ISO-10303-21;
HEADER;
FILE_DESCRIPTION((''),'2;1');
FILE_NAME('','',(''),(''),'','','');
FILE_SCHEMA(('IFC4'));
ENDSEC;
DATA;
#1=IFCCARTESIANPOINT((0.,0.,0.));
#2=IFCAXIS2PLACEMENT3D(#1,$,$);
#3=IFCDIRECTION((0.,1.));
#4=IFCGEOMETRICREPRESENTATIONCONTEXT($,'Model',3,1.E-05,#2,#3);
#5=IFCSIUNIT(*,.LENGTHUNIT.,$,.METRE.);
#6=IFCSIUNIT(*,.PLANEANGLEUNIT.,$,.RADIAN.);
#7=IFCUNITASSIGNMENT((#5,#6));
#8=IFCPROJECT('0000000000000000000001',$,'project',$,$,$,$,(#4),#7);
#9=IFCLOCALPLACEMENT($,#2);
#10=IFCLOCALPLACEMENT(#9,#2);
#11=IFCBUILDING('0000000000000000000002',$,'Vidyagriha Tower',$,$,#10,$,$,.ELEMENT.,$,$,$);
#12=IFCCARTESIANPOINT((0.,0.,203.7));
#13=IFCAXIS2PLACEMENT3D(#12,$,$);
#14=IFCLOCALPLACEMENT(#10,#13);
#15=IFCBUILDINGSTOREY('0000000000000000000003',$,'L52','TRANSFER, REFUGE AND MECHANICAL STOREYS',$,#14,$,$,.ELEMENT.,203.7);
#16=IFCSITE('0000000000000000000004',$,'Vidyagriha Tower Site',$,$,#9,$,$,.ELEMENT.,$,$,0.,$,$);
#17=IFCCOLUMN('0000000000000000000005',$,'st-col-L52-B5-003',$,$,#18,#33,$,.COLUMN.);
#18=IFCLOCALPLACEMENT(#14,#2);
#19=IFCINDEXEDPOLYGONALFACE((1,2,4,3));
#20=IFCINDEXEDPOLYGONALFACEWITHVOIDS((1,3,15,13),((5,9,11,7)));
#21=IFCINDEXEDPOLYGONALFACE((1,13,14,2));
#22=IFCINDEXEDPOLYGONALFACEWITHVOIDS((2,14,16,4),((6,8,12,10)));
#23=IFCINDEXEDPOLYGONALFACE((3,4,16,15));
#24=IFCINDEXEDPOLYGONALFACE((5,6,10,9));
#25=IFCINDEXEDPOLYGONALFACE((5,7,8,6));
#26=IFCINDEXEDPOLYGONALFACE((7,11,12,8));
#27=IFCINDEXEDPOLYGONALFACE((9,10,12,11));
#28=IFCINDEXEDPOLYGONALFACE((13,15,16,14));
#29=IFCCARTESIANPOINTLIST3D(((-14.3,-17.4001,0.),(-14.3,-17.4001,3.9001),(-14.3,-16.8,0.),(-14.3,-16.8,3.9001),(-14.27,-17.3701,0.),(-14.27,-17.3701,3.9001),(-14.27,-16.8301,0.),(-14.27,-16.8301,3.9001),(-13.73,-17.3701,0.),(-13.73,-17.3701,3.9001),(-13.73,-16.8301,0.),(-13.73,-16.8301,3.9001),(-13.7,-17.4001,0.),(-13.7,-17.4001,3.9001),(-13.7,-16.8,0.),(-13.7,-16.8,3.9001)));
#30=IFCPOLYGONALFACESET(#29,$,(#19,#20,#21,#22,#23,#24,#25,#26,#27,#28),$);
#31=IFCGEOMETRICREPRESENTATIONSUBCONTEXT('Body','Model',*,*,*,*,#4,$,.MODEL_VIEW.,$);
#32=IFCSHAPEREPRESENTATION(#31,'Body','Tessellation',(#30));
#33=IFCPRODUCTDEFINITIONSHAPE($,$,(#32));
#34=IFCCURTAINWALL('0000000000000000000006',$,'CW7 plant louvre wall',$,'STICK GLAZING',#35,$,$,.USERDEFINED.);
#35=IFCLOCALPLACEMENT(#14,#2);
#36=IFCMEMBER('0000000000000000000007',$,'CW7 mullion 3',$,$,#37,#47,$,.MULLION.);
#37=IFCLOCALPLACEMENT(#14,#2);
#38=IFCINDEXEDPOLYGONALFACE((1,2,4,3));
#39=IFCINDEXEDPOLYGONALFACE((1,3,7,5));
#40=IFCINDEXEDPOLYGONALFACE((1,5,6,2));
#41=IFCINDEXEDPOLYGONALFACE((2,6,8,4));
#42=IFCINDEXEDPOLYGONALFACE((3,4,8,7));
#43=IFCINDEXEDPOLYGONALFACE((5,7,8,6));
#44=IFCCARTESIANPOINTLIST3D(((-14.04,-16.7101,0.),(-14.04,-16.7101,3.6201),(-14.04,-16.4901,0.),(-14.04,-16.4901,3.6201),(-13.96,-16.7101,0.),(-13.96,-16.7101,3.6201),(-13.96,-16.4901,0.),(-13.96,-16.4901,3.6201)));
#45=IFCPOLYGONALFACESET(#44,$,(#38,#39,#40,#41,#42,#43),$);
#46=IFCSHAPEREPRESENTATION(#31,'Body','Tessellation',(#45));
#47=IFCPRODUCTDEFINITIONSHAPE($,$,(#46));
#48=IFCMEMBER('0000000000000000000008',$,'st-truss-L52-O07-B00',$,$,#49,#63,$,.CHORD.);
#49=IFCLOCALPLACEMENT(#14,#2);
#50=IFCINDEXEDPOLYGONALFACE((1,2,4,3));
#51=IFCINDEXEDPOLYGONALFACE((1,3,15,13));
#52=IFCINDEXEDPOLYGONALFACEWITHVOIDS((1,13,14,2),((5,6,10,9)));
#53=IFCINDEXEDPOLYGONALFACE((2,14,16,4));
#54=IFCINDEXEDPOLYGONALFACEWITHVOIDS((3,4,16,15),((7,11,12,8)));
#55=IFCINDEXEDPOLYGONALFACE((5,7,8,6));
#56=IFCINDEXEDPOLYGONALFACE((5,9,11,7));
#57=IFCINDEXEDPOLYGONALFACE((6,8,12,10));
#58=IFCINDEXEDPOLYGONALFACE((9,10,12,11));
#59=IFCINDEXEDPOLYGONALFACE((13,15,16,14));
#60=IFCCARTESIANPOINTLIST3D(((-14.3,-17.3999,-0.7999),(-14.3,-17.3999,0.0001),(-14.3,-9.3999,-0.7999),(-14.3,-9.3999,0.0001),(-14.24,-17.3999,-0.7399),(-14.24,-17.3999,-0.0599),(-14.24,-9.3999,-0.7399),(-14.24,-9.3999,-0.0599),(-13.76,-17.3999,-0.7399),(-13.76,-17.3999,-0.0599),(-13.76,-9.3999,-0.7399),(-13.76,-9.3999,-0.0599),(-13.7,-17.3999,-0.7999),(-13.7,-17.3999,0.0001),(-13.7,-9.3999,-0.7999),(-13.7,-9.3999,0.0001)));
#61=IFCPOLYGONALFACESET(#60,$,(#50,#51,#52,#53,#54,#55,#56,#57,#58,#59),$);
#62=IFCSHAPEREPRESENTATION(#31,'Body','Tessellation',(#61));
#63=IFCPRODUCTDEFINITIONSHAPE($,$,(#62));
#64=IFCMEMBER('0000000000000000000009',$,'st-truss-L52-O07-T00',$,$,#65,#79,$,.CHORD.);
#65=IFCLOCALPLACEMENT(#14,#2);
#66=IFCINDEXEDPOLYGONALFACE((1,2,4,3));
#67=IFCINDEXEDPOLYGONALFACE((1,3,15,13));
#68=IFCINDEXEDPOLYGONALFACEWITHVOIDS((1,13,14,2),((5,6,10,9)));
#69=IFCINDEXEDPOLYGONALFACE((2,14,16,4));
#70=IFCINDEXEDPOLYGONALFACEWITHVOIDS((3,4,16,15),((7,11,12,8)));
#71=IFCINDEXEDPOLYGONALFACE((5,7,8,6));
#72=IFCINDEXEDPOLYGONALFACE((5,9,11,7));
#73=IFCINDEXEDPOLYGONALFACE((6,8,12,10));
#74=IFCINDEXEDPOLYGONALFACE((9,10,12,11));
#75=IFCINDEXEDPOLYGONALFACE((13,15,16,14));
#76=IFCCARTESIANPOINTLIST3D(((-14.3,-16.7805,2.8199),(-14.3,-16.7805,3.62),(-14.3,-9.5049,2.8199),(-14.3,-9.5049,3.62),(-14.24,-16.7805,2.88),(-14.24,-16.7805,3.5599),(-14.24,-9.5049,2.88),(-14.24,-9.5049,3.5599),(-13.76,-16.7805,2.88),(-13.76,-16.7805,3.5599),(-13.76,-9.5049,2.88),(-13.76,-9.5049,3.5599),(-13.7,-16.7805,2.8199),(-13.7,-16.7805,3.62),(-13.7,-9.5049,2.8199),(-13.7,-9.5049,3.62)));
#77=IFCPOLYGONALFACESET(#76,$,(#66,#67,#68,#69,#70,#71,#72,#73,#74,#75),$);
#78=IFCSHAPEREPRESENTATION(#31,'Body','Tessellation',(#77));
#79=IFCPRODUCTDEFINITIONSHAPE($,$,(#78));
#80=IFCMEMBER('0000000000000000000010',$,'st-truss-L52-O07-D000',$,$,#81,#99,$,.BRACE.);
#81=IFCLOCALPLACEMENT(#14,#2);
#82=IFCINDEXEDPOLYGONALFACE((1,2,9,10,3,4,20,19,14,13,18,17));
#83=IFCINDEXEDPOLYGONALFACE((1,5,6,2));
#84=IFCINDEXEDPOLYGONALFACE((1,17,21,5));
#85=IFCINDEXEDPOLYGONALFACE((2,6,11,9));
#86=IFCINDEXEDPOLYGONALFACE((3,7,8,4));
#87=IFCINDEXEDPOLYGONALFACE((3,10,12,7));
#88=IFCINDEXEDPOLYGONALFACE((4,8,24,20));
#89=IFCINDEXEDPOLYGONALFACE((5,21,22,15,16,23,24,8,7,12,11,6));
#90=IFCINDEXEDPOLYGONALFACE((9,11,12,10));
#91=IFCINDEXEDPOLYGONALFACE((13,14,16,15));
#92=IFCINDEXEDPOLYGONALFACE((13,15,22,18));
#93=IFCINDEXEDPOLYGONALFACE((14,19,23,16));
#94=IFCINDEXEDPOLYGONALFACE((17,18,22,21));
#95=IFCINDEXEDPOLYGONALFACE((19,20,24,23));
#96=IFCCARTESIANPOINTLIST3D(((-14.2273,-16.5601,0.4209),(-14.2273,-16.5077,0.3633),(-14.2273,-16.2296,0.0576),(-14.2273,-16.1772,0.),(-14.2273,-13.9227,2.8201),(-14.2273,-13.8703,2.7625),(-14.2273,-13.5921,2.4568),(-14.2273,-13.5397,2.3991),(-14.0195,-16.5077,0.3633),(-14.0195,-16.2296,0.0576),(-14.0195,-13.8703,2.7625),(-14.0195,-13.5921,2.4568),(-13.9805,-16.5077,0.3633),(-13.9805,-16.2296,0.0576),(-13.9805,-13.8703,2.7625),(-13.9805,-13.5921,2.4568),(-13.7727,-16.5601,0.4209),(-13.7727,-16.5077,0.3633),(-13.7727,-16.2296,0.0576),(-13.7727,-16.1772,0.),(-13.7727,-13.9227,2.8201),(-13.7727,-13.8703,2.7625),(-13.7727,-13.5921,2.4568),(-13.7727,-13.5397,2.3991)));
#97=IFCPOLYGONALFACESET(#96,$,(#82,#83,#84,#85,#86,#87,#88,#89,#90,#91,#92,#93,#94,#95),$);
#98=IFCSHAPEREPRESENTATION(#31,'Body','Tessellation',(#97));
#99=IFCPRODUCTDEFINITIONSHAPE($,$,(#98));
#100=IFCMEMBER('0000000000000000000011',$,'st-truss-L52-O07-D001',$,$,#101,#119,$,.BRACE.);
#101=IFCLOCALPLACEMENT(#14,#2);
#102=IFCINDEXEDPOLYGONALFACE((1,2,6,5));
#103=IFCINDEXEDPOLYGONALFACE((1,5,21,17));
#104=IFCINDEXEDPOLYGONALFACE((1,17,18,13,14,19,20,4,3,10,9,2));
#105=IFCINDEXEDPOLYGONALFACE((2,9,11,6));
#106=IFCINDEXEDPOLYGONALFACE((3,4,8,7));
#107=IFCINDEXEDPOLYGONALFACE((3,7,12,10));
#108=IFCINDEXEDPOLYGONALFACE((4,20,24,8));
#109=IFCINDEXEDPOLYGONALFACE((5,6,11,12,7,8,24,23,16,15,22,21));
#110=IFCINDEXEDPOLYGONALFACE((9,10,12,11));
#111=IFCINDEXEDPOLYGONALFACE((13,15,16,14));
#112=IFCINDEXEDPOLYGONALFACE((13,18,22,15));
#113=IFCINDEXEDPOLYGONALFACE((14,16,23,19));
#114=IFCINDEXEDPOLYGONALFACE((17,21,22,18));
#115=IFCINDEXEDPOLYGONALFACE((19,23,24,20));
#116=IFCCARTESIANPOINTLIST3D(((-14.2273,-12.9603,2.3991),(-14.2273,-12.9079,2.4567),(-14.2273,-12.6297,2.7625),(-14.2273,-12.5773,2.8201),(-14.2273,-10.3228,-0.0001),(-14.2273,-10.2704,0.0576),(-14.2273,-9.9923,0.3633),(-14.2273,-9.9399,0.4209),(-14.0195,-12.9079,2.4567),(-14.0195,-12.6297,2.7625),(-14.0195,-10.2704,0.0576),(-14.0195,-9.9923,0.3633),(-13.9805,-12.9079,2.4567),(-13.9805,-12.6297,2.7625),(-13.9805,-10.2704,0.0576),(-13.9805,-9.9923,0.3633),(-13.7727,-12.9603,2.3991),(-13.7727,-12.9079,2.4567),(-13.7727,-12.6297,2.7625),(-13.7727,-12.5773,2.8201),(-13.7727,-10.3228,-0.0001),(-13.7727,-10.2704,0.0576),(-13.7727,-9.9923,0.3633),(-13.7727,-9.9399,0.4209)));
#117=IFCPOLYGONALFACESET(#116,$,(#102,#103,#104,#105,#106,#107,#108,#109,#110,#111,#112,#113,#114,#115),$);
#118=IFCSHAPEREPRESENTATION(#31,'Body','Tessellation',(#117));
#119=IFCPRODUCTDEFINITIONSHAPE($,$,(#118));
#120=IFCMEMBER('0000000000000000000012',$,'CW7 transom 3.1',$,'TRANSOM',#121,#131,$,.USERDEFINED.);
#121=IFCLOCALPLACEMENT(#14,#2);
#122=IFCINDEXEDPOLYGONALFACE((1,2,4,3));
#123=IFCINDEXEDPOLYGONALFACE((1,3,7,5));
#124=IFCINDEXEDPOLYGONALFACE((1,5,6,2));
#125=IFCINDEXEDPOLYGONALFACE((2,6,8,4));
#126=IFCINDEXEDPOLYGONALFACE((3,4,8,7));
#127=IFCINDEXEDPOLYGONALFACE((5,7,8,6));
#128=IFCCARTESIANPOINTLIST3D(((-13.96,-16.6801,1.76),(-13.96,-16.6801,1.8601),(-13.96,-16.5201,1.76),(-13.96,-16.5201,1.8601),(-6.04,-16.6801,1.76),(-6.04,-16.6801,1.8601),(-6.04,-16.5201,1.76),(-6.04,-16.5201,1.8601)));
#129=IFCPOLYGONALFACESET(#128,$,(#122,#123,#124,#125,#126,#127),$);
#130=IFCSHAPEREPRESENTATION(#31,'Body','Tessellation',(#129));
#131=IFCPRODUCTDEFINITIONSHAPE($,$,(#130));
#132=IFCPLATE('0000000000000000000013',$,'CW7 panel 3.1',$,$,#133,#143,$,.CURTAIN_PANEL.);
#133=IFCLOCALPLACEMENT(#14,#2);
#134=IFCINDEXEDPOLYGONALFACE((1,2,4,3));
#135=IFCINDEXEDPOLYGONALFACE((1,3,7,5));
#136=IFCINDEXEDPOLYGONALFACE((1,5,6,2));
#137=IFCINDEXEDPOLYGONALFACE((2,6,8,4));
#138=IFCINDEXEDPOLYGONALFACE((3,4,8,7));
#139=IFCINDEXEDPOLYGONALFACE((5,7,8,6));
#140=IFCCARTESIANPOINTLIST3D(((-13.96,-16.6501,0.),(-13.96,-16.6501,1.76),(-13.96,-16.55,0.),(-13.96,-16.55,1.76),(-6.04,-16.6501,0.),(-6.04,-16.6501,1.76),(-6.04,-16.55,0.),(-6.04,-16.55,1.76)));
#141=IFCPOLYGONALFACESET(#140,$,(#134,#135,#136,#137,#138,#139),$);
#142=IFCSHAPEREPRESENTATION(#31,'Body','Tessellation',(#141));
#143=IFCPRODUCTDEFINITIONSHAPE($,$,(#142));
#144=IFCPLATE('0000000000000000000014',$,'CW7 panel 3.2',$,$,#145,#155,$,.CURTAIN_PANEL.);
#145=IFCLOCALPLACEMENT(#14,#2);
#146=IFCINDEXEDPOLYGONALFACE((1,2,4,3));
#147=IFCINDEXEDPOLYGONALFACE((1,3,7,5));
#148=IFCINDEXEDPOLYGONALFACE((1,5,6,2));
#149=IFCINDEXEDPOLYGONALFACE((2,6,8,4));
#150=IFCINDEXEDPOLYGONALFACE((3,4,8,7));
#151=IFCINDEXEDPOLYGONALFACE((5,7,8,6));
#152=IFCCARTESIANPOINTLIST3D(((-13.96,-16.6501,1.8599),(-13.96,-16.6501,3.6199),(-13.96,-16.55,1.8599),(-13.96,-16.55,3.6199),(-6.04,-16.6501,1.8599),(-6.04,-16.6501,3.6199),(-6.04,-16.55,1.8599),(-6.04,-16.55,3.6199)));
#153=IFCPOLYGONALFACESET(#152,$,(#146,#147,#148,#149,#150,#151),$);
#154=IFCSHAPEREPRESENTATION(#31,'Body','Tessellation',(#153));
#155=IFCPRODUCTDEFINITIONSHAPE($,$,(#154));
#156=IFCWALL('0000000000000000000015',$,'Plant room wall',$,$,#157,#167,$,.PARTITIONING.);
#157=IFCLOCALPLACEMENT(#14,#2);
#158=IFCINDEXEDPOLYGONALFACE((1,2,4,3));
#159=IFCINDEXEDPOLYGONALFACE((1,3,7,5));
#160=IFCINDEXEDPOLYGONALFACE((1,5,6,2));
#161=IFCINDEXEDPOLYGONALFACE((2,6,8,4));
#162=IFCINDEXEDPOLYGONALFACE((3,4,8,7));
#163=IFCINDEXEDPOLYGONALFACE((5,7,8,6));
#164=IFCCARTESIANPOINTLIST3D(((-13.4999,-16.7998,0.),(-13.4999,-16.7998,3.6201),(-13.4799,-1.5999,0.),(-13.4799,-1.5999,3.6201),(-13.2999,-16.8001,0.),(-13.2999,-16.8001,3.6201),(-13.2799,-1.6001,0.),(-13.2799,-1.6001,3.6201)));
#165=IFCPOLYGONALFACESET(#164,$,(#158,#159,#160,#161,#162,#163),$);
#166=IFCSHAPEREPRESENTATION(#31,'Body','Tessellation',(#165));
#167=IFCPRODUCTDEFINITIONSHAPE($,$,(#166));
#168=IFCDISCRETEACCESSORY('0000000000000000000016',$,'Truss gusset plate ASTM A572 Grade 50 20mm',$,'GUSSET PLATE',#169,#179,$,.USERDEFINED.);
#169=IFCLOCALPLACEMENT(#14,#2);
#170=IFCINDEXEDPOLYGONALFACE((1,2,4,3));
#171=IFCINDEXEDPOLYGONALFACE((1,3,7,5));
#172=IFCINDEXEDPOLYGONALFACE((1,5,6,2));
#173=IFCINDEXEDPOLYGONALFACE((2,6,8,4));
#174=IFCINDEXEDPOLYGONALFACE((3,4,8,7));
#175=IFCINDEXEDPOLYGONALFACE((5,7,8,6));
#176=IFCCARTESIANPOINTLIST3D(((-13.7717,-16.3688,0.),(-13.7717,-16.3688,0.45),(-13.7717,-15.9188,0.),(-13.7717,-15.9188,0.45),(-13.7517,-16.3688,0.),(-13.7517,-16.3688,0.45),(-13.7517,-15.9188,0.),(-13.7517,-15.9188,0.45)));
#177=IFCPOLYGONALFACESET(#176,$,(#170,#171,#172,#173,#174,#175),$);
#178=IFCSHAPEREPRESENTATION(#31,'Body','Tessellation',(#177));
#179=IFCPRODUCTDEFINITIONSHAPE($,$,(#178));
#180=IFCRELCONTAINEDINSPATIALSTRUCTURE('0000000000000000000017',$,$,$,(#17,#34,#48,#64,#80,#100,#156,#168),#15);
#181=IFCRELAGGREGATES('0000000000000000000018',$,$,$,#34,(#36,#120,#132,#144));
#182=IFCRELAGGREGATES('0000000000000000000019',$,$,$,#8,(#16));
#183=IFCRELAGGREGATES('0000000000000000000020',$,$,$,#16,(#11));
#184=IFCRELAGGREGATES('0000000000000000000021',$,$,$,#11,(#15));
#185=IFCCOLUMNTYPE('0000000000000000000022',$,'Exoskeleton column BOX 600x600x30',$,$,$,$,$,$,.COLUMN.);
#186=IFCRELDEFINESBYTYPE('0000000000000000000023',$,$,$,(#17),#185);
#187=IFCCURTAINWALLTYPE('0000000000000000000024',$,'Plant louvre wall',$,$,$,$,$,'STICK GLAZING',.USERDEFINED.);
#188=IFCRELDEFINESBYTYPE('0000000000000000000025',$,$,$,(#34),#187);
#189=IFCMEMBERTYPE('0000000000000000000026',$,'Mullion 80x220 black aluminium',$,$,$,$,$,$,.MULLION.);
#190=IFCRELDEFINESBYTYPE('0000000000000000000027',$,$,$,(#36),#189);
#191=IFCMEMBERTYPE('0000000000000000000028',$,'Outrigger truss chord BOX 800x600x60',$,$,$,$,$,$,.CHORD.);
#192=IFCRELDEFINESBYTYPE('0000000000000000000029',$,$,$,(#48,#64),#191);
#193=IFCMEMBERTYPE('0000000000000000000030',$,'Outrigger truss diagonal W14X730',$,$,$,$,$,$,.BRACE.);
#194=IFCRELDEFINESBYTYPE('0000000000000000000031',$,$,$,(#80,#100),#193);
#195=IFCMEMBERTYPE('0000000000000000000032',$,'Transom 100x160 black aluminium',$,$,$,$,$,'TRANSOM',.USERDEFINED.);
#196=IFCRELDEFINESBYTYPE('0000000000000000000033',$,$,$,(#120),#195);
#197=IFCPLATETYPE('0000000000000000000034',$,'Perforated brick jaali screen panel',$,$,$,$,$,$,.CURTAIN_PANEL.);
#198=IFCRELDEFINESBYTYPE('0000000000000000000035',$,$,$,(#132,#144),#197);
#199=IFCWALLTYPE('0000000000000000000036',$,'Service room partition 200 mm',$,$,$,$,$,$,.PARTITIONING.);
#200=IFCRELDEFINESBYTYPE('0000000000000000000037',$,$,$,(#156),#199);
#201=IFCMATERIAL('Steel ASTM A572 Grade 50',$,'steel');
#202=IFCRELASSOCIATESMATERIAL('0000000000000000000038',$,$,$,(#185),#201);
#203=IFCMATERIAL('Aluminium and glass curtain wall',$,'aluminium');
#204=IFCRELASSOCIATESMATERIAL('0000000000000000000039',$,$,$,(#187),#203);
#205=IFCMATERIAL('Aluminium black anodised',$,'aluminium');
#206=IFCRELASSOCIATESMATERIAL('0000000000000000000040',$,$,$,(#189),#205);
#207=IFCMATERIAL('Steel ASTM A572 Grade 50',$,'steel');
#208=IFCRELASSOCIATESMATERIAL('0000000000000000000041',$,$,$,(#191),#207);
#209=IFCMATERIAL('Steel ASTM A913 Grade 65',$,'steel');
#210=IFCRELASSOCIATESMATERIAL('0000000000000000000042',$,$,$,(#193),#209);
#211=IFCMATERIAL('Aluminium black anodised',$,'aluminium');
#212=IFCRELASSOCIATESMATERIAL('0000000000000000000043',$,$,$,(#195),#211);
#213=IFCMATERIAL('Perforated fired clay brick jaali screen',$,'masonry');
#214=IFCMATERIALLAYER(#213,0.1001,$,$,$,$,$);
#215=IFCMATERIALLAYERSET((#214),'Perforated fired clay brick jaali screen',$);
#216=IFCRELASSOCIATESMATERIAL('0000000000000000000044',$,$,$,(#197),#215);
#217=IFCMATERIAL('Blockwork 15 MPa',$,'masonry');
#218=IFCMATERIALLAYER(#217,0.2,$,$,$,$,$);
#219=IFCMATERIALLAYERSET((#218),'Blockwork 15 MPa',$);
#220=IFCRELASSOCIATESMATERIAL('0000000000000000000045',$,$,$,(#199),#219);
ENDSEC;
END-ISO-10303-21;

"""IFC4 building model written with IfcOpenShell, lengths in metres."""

from ifc_helpers import new_model, si_unit, direction, frame, frame_2d, origin, origin_2d, place, context, subcontext, project, spatial, rectangle, hollow_rectangle, i_section, extrude, material, layer, layer_set, material_profile, profile_set, type_object, element, aggregate, save


model = new_model("IFC4")

# Units and contexts
model_context = context("Model", 3, precision=1e-05, world=origin(), true_north=direction((0.0, 1.0)))
body_context = subcontext(model_context, "Body", "Model", "MODEL_VIEW")
ifc_project = project(units=[si_unit("LENGTHUNIT", "METRE"), si_unit("PLANEANGLEUNIT", "RADIAN")], contexts=[model_context])

# Site, building, storey
site_placement = place(None, origin())
site = spatial("IfcSite", under=ifc_project, at=site_placement, Name="Vidyagriha Tower Site", CompositionType="ELEMENT", RefElevation=0.0)
building_placement = place(site_placement, origin())
building = spatial("IfcBuilding", under=site, at=building_placement, Name="Vidyagriha Tower", CompositionType="ELEMENT")
storey_placement = place(building_placement, frame((0.0, 0.0, 203.7)))
storey = spatial("IfcBuildingStorey", under=building, at=storey_placement, Name="L52", Description="TRANSFER, REFUGE AND MECHANICAL STOREYS", CompositionType="ELEMENT", Elevation=203.7)

# Column
ifc_material_1 = material(Name="Steel ASTM A572 Grade 50", Category="steel")
ifc_material_profile_1 = material_profile(ifc_material_1, hollow_rectangle(XDim=0.6001, YDim=0.6001, WallThickness=0.03, at=origin_2d()), Name="BOX 600x600x30")
ifc_profile_set_1 = profile_set([ifc_material_profile_1], Name="Steel ASTM A572 Grade 50")
column_type = type_object("IfcColumnType", Name="Exoskeleton column BOX 600x600x30", PredefinedType="COLUMN", material=ifc_profile_set_1)
column_placement = place(storey_placement, frame((-14.0, -17.1001, 0.0)))
element("IfcColumn", 1, at=column_placement, inside=storey, type_object=column_type, Name="st-col-L52-B5-003", PredefinedType="COLUMN", context=body_context, shape_type="SweptSolid", body=[
    extrude(hollow_rectangle(XDim=0.6001, YDim=0.6001, WallThickness=0.03, at=origin_2d()), origin(), (0.0, 0.0, 1.0), 3.9001),
])

# Curtain wall, member
ifc_material_2 = material(Name="Aluminium and glass curtain wall", Category="aluminium")
curtain_wall_type = type_object("IfcCurtainWallType", Name="Plant louvre wall", ElementType="STICK GLAZING", PredefinedType="USERDEFINED", material=ifc_material_2)
curtain_wall_placement = place(storey_placement, origin())
curtain_wall = element("IfcCurtainWall", 2, at=curtain_wall_placement, inside=storey, type_object=curtain_wall_type, Name="CW7 plant louvre wall", ObjectType="STICK GLAZING", PredefinedType="USERDEFINED")
ifc_material_3 = material(Name="Aluminium black anodised", Category="aluminium")
ifc_material_profile_2 = material_profile(ifc_material_3, rectangle(XDim=0.22, YDim=0.0801, at=origin_2d()), Name="Mullion 80x220 black aluminium")
ifc_profile_set_2 = profile_set([ifc_material_profile_2], Name="Aluminium black anodised")
member_type_1 = type_object("IfcMemberType", Name="Mullion 80x220 black aluminium", PredefinedType="MULLION", material=ifc_profile_set_2)
member_1_placement = place(storey_placement, frame((-14.0, -16.6001, 0.0), z_axis=(0.0, 0.0, 1.0), x_axis=(0.0, 1.0, 0.0)))
member_1 = element("IfcMember", 3, at=member_1_placement, type_object=member_type_1, Name="CW7 mullion 3", PredefinedType="MULLION", context=body_context, shape_type="SweptSolid", body=[
    extrude(rectangle(XDim=0.22, YDim=0.0801, at=origin_2d()), origin(), (0.0, 0.0, 1.0), 3.6201),
])

# Members
ifc_material_4 = material(Name="Steel ASTM A572 Grade 50", Category="steel")
ifc_material_profile_3 = material_profile(ifc_material_4, hollow_rectangle(XDim=0.6001, YDim=0.8, WallThickness=0.0601, at=origin_2d()), Name="BOX 800x600x60")
ifc_profile_set_3 = profile_set([ifc_material_profile_3], Name="Steel ASTM A572 Grade 50")
member_type_2 = type_object("IfcMemberType", Name="Outrigger truss chord BOX 800x600x60", PredefinedType="CHORD", material=ifc_profile_set_3)
member_2_placement = place(storey_placement, frame((-14.0, -17.3999, -0.3999), z_axis=(0.0, 1.0, 0.0), x_axis=(-1.0, 0.0, 0.0)))
element("IfcMember", 4, at=member_2_placement, inside=storey, type_object=member_type_2, Name="st-truss-L52-O07-B00", PredefinedType="CHORD", context=body_context, shape_type="SweptSolid", body=[
    extrude(hollow_rectangle(XDim=0.6001, YDim=0.8, WallThickness=0.0601, at=origin_2d()), origin(), (0.0, 0.0, 1.0), 8.0),
])
member_3_placement = place(storey_placement, frame((-14.0, -16.7805, 3.22), z_axis=(0.0, 1.0, 0.0), x_axis=(-1.0, 0.0, 0.0)))
element("IfcMember", 5, at=member_3_placement, inside=storey, type_object=member_type_2, Name="st-truss-L52-O07-T00", PredefinedType="CHORD", context=body_context, shape_type="SweptSolid", body=[
    extrude(hollow_rectangle(XDim=0.6001, YDim=0.8, WallThickness=0.0601, at=origin_2d()), origin(), (0.0, 0.0, 1.0), 7.2756),
])
ifc_material_5 = material(Name="Steel ASTM A913 Grade 65", Category="steel")
ifc_material_profile_4 = material_profile(ifc_material_5, i_section(OverallWidth=0.4546, OverallDepth=0.5691, WebThickness=0.0391, FlangeThickness=0.0779, at=origin_2d()), Name="W14X730")
ifc_profile_set_4 = profile_set([ifc_material_profile_4], Name="Steel ASTM A913 Grade 65")
member_type_3 = type_object("IfcMemberType", Name="Outrigger truss diagonal W14X730", PredefinedType="BRACE", material=ifc_profile_set_4)
for number, where, z_axis, x_axis, name in (
    (6, (-14.0, -16.3687, 0.2104), (0.0, 0.739732, 0.672901), (-1.0, 0.0, 0.0), "st-truss-L52-O07-D000"),
    (7, (-14.0, -12.7688, 2.6096), (0.0, 0.739732, -0.672901), (-1.0, 0.0, 0.0), "st-truss-L52-O07-D001"),
):
    element("IfcMember", number, at=place(storey_placement, frame(where, z_axis=z_axis, x_axis=x_axis)), inside=storey, type_object=member_type_3, Name=name, PredefinedType="BRACE", context=body_context, shape_type="SweptSolid", body=[
        extrude(i_section(OverallWidth=0.4546, OverallDepth=0.5691, WebThickness=0.0391, FlangeThickness=0.0779, at=origin_2d()), origin(), (0.0, 0.0, 1.0), 3.5654),
    ])

# Member
ifc_material_6 = material(Name="Aluminium black anodised", Category="aluminium")
ifc_material_profile_5 = material_profile(ifc_material_6, rectangle(XDim=0.1599, YDim=0.1001, at=origin_2d()), Name="Transom 100x160 black aluminium")
ifc_profile_set_5 = profile_set([ifc_material_profile_5], Name="Aluminium black anodised")
member_type_4 = type_object("IfcMemberType", Name="Transom 100x160 black aluminium", ElementType="TRANSOM", PredefinedType="USERDEFINED", material=ifc_profile_set_5)
member_4_placement = place(storey_placement, frame((-13.96, -16.6001, 1.8101), z_axis=(1.0, 0.0, 0.0), x_axis=(0.0, 1.0, 0.0)))
member_4 = element("IfcMember", 8, at=member_4_placement, type_object=member_type_4, Name="CW7 transom 3.1", ObjectType="TRANSOM", PredefinedType="USERDEFINED", context=body_context, shape_type="SweptSolid", body=[
    extrude(rectangle(XDim=0.1599, YDim=0.1001, at=origin_2d()), origin(), (0.0, 0.0, 1.0), 7.9199),
])

# Plates
ifc_material_7 = material(Name="Perforated fired clay brick jaali screen", Category="masonry")
ifc_layer_1 = layer(ifc_material_7, 0.1001)
ifc_layer_set_1 = layer_set([ifc_layer_1], Name="Perforated fired clay brick jaali screen")
plate_type = type_object("IfcPlateType", Name="Perforated brick jaali screen panel", PredefinedType="CURTAIN_PANEL", material=ifc_layer_set_1)
plate_1_placement = place(storey_placement, frame((-10.0, -16.6001, 0.0)))
plate_1 = element("IfcPlate", 9, at=plate_1_placement, type_object=plate_type, Name="CW7 panel 3.1", PredefinedType="CURTAIN_PANEL", context=body_context, shape_type="SweptSolid", body=[
    extrude(rectangle(XDim=7.9199, YDim=0.1001, at=origin_2d()), origin(), (0.0, 0.0, 1.0), 1.76),
])
plate_2_placement = place(storey_placement, frame((-10.0, -16.6001, 1.8599)))
plate_2 = element("IfcPlate", 10, at=plate_2_placement, type_object=plate_type, Name="CW7 panel 3.2", PredefinedType="CURTAIN_PANEL", context=body_context, shape_type="SweptSolid", body=[
    extrude(rectangle(XDim=7.9199, YDim=0.1001, at=origin_2d()), origin(), (0.0, 0.0, 1.0), 1.76),
])
aggregate(curtain_wall, [member_1, member_4, plate_1, plate_2])

# Wall
ifc_material_8 = material(Name="Blockwork 15 MPa", Category="masonry")
ifc_layer_2 = layer(ifc_material_8, 0.2)
ifc_layer_set_2 = layer_set([ifc_layer_2], Name="Blockwork 15 MPa")
wall_type = type_object("IfcWallType", Name="Service room partition 200 mm", PredefinedType="PARTITIONING", material=ifc_layer_set_2)
wall_placement = place(storey_placement, frame((-13.3999, -16.8, 0.0), z_axis=(0.0, 0.0, 1.0), x_axis=(0.001317, 0.999999, 0.0)))
element("IfcWall", 11, at=wall_placement, inside=storey, type_object=wall_type, Name="Plant room wall", PredefinedType="PARTITIONING", context=body_context, shape_type="SweptSolid", body=[
    extrude(rectangle(XDim=15.2, YDim=0.2, at=frame_2d((7.6001, 0.0))), origin(), (0.0, 0.0, 1.0), 3.6201),
])

# Discrete accessory
for number, where, z_axis, x_axis, name in (
    (12, (-13.7617, -16.1438, 0.0), (0.0, 0.0, 1.0), (0.0, 1.0, 0.0), "Truss gusset plate ASTM A572 Grade 50 20mm"),
):
    element("IfcDiscreteAccessory", number, at=place(storey_placement, frame(where, z_axis=z_axis, x_axis=x_axis)), inside=storey, Name=name, ObjectType="GUSSET PLATE", PredefinedType="USERDEFINED", context=body_context, shape_type="SweptSolid", body=[
        extrude(rectangle(XDim=0.45, YDim=0.02, at=origin_2d()), origin(), (0.0, 0.0, 1.0), 0.45),
    ])

save(model, "model.ifc")
